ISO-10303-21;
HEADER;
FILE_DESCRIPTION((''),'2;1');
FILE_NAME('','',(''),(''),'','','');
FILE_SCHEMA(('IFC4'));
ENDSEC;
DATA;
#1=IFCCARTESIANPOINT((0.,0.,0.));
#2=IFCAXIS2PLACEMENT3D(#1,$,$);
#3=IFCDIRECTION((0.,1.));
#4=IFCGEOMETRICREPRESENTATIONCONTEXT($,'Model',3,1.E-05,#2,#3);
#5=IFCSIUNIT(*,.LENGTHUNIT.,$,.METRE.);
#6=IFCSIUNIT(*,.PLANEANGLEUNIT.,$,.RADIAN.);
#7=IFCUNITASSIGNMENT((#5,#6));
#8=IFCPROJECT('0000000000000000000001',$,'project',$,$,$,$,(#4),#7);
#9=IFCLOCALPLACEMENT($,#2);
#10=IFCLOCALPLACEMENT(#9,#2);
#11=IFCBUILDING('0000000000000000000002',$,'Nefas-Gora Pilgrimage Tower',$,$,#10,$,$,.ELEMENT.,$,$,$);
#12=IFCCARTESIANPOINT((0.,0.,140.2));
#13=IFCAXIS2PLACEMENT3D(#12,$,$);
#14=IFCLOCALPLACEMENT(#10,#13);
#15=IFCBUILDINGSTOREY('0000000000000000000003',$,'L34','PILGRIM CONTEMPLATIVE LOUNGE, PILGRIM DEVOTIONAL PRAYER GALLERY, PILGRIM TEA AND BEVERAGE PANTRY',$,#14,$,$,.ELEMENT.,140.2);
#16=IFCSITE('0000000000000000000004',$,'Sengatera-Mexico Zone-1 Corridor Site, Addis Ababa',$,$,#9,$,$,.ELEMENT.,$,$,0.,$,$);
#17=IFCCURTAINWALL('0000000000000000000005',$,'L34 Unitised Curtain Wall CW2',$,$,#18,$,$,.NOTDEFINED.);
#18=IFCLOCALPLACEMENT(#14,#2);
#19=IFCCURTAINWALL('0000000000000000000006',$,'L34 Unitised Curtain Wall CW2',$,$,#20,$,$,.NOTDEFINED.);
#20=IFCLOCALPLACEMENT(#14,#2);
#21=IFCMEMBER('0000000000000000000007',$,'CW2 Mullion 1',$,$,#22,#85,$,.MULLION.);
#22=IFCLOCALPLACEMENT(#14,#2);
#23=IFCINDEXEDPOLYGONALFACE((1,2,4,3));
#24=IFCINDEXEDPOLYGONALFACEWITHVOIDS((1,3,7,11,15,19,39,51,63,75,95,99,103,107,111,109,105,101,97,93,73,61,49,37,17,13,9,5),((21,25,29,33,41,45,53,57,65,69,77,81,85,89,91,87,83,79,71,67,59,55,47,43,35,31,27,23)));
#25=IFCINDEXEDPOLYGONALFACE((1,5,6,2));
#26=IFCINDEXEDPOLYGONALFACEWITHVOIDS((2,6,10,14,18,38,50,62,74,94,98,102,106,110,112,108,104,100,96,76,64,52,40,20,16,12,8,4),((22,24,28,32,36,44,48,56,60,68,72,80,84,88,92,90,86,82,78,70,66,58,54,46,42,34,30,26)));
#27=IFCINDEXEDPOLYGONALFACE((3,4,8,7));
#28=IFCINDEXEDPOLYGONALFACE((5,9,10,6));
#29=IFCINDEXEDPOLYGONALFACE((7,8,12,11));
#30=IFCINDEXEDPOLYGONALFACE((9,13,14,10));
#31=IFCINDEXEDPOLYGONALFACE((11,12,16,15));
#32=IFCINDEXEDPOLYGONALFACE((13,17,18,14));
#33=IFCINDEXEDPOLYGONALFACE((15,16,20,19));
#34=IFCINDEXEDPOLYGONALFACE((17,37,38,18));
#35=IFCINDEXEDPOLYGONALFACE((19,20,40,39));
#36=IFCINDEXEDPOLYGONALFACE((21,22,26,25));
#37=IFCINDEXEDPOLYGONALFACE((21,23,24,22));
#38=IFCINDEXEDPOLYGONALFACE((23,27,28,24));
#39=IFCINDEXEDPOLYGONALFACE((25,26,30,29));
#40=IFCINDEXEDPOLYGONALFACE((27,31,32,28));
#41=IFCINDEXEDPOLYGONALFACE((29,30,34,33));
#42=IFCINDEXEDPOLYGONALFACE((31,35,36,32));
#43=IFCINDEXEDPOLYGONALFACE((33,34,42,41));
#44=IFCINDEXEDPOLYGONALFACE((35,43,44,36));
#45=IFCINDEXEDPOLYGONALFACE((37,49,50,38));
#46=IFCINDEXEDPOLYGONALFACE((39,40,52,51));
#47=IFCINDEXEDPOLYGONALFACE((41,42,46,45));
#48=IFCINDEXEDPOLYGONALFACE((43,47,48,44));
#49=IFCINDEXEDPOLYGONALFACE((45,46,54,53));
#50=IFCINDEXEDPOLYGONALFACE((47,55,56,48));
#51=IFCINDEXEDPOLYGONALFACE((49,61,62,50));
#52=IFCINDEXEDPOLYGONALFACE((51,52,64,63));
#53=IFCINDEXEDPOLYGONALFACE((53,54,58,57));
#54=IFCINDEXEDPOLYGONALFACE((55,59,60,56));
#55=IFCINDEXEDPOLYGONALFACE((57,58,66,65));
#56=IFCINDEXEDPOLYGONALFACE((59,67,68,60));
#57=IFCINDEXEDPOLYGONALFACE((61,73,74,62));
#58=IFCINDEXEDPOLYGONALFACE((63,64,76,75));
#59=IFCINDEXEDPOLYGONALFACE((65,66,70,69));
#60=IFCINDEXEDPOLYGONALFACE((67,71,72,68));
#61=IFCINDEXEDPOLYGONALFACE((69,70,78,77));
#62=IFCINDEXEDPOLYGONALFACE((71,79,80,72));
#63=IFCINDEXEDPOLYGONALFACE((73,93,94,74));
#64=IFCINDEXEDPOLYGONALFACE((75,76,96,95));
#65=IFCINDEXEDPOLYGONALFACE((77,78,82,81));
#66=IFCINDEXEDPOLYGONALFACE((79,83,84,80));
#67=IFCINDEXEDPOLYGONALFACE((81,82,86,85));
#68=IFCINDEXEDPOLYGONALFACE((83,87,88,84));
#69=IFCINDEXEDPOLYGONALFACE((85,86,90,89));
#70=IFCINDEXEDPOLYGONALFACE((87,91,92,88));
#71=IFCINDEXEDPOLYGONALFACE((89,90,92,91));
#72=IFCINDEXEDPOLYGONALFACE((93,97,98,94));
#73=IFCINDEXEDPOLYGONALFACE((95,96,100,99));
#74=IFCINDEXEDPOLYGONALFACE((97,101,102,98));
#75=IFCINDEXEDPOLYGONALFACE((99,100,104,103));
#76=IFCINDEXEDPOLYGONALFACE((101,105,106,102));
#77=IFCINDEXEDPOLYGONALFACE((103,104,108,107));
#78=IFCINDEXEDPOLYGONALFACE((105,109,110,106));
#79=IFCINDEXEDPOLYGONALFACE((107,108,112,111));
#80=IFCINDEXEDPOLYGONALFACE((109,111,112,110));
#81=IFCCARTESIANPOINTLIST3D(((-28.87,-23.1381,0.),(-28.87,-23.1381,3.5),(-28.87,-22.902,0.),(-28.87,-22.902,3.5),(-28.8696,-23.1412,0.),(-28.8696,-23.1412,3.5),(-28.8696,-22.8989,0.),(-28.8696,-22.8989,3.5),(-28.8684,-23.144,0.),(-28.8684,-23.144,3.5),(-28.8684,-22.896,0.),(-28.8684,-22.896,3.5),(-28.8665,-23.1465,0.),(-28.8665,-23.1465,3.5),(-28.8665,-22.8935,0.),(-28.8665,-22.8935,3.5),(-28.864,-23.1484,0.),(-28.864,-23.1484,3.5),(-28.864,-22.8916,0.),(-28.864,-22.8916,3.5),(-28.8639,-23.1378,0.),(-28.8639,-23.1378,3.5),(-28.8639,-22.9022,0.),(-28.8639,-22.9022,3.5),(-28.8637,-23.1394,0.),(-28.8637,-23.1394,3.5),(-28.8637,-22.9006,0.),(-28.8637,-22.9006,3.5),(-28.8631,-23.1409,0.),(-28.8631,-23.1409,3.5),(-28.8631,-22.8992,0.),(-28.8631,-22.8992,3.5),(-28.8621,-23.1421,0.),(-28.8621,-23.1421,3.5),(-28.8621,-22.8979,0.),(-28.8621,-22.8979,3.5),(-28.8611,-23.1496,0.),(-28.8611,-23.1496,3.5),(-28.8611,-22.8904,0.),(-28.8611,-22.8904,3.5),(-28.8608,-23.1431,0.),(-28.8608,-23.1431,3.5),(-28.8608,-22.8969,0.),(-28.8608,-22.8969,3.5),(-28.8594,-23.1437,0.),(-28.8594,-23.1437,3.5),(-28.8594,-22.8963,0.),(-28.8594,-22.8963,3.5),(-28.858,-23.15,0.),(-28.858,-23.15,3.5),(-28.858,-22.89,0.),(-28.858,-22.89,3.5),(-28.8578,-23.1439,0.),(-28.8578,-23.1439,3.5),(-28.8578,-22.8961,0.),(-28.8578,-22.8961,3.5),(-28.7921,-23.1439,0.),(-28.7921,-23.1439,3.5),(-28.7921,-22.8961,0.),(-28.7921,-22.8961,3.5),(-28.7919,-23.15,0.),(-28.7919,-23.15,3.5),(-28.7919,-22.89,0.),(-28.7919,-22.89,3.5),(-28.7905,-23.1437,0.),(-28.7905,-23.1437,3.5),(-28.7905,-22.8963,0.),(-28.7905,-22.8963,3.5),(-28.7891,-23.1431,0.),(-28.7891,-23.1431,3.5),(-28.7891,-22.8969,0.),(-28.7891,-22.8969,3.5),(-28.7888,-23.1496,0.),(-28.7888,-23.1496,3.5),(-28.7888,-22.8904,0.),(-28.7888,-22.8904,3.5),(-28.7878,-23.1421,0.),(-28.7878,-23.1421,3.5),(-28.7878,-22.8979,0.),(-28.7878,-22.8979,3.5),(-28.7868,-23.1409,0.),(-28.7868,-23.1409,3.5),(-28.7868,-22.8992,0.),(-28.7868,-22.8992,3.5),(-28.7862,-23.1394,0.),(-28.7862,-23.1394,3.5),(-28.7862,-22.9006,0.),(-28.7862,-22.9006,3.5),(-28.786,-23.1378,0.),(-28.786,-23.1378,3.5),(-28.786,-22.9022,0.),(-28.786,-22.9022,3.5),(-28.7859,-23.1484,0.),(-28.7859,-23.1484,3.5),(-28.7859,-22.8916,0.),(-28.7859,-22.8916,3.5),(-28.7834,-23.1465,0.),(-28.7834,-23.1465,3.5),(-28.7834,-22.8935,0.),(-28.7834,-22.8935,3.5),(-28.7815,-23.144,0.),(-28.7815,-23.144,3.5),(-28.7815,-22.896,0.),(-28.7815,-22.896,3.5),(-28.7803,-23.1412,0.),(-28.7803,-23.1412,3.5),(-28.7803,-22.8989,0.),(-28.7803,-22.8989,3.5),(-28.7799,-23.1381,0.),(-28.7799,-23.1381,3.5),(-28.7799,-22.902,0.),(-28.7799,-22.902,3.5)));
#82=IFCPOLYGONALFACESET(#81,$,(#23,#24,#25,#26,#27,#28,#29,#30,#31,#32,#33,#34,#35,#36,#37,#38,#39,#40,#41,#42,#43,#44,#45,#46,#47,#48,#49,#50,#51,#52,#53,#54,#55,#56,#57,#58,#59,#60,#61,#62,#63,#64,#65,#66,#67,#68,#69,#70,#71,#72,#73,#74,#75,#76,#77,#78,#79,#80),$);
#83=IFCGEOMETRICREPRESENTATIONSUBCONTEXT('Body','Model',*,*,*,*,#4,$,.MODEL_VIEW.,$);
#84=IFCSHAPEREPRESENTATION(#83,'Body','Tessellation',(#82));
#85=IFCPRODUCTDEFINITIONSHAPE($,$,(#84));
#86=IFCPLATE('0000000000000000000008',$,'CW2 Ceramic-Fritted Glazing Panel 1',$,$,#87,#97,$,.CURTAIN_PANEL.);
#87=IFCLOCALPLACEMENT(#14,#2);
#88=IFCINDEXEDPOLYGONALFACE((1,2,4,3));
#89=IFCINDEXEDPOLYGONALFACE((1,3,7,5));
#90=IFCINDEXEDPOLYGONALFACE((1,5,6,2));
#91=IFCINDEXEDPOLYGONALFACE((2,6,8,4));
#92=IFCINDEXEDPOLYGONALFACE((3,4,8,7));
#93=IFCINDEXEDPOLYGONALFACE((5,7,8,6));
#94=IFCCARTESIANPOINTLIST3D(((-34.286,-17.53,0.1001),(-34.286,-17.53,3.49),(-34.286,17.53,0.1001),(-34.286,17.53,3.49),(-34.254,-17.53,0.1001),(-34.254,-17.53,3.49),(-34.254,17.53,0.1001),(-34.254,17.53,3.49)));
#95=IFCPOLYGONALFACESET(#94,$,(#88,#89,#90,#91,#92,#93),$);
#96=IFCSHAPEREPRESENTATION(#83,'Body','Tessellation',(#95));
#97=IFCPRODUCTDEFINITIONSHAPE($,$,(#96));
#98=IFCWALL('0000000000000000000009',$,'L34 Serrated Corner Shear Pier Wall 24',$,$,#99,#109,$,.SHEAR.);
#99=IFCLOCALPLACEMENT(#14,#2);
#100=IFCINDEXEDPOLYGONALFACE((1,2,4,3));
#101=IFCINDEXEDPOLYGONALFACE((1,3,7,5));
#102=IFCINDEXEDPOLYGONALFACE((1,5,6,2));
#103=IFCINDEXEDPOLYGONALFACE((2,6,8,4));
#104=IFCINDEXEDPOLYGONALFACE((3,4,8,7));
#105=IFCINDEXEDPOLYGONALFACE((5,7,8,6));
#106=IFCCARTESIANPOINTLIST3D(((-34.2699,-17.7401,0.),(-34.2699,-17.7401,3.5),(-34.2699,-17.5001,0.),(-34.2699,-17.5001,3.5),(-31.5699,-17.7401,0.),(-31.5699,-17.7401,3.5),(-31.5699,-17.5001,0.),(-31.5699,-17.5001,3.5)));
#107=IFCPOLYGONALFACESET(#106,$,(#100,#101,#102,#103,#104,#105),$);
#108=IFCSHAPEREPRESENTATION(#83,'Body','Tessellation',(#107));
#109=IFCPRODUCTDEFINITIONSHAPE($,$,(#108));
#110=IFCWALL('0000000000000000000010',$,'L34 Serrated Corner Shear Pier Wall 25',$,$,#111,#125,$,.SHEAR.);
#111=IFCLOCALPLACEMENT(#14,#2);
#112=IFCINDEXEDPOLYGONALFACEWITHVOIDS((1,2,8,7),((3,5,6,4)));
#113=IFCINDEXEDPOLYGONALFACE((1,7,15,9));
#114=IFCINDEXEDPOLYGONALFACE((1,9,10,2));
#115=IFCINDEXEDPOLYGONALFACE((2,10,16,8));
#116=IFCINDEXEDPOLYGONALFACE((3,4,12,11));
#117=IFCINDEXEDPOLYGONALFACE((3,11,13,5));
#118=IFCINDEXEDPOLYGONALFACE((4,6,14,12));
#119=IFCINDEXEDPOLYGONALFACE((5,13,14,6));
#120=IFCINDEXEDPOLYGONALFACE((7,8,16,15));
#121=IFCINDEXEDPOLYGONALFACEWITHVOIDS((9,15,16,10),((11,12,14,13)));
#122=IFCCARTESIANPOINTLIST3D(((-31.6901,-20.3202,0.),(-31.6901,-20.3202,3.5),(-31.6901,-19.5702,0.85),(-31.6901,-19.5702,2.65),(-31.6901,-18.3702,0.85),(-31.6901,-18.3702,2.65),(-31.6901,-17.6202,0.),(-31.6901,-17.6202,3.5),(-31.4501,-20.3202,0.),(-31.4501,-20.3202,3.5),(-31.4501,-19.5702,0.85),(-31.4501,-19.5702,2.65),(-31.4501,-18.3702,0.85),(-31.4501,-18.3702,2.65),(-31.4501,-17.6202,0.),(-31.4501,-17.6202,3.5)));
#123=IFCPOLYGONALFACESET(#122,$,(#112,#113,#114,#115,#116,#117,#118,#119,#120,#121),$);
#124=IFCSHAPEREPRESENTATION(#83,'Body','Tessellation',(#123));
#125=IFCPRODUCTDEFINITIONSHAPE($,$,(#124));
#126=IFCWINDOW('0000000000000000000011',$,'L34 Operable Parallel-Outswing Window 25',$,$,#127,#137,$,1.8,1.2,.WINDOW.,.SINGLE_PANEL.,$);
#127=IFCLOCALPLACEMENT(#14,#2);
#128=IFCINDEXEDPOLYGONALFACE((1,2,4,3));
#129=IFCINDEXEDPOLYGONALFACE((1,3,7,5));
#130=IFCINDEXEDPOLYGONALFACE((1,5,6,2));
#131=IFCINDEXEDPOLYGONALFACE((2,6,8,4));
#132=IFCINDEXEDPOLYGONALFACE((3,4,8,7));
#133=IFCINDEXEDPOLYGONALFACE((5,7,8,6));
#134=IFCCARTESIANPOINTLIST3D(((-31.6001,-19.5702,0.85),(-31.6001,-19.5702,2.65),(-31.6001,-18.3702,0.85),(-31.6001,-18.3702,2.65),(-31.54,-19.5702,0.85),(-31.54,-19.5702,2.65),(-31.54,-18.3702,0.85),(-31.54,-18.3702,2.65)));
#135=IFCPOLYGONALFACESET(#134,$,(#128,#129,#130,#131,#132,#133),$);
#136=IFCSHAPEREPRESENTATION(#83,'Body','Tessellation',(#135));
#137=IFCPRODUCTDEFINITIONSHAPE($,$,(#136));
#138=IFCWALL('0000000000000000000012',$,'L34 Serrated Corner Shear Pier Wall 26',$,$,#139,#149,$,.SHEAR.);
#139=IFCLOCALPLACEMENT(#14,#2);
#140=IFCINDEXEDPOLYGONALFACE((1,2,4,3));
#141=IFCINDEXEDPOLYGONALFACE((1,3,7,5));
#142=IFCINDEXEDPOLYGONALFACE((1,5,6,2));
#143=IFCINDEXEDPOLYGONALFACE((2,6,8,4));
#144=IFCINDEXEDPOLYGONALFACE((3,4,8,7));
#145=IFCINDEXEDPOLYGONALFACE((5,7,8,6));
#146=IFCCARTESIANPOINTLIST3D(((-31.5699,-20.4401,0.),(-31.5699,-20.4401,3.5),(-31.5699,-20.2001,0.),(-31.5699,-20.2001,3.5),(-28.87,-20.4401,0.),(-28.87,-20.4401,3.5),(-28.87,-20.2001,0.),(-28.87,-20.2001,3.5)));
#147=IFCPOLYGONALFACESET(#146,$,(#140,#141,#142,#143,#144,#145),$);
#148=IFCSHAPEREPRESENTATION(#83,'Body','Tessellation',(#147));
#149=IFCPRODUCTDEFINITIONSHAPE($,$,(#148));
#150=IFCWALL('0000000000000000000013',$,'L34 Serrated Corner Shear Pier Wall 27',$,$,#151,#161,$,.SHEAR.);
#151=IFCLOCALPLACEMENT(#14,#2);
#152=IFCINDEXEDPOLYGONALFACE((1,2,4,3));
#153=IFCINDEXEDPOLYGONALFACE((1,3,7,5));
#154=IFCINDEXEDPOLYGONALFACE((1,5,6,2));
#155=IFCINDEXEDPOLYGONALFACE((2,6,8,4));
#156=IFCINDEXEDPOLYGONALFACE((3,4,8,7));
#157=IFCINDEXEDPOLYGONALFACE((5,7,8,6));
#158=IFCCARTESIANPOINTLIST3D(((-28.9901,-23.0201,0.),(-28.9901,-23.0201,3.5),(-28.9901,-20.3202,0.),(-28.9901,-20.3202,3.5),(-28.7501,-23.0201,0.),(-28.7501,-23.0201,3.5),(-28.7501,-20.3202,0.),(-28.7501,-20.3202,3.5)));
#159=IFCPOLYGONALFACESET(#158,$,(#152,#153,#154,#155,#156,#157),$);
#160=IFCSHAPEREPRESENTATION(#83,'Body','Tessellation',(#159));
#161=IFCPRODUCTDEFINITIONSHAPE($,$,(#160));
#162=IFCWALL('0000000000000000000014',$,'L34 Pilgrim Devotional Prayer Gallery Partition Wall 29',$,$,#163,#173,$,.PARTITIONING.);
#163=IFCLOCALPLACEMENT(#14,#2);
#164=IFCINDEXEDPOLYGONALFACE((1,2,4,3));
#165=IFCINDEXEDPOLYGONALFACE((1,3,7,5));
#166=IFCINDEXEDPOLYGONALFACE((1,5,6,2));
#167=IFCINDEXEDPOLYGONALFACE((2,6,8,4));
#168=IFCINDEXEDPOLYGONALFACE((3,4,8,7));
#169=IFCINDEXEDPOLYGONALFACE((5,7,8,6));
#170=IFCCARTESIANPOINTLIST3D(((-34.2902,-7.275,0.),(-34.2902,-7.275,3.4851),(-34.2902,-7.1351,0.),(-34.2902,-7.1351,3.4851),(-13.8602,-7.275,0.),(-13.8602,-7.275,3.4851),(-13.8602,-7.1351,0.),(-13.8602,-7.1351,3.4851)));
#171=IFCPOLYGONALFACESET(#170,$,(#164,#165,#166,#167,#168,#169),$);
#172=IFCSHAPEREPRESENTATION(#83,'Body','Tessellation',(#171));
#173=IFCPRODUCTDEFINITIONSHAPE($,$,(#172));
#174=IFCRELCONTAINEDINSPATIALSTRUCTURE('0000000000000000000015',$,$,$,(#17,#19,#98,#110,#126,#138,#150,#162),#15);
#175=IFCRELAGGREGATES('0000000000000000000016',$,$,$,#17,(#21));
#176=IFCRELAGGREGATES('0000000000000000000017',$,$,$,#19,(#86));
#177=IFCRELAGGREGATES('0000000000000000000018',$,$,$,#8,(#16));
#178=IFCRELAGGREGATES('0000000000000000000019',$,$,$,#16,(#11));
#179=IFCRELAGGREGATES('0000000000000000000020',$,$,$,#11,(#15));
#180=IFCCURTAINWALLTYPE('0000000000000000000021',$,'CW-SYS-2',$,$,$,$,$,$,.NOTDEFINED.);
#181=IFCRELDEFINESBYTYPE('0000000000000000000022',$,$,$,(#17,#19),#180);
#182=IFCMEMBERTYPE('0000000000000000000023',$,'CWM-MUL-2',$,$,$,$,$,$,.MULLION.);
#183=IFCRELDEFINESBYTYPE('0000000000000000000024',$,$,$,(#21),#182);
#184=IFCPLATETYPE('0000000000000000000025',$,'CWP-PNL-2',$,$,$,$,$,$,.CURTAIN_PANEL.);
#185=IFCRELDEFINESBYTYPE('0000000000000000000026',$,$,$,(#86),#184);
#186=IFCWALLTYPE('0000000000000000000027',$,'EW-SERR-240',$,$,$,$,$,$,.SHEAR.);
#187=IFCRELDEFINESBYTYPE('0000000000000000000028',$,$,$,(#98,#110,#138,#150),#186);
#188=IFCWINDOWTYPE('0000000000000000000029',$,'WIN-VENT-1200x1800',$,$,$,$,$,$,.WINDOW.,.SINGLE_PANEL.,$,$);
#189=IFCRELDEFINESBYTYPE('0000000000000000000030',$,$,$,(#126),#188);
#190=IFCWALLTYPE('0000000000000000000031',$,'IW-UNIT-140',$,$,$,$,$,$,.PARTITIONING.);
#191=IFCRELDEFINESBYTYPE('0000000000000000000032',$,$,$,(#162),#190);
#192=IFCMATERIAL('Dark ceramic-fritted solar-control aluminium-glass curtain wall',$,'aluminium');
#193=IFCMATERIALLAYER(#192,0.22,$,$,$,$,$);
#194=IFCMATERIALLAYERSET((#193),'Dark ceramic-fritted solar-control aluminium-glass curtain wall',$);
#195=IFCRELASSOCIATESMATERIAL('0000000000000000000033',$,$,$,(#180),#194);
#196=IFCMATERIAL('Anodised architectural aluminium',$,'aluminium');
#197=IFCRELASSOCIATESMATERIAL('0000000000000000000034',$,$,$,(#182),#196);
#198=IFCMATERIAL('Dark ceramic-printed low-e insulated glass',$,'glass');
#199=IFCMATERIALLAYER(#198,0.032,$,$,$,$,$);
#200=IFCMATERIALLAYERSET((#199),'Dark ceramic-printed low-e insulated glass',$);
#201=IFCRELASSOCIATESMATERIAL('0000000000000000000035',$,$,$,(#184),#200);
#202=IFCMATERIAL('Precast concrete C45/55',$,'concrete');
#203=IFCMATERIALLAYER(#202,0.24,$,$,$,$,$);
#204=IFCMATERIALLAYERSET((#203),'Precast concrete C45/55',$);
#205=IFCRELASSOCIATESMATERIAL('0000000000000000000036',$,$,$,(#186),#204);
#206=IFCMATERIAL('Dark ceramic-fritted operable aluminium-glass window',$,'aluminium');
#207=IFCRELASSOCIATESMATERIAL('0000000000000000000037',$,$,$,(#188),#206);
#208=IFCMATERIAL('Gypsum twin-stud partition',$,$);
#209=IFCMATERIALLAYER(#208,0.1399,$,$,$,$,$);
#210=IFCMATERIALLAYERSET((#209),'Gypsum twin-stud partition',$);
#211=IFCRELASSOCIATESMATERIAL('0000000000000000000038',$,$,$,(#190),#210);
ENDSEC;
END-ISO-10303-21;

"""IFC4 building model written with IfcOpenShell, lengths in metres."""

from ifc_helpers import new_model, si_unit, direction, frame, frame_2d, origin, origin_2d, place, context, subcontext, project, spatial, rectangle, hollow_rectangle, extrude, source, transform, mapped, material, layer, layer_set, material_profile, profile_set, type_object, element, fill, aggregate, save


model = new_model("IFC4")

# Units and contexts
model_context = context("Model", 3, precision=1e-05, world=origin(), true_north=direction((0.0, 1.0)))
body_context = subcontext(model_context, "Body", "Model", "MODEL_VIEW")
ifc_project = project(units=[si_unit("LENGTHUNIT", "METRE"), si_unit("PLANEANGLEUNIT", "RADIAN")], contexts=[model_context])

# Site, building, storey
site_placement = place(None, origin())
site = spatial("IfcSite", under=ifc_project, at=site_placement, Name="Sengatera-Mexico Zone-1 Corridor Site, Addis Ababa", CompositionType="ELEMENT", RefElevation=0.0)
building_placement = place(site_placement, origin())
building = spatial("IfcBuilding", under=site, at=building_placement, Name="Nefas-Gora Pilgrimage Tower", CompositionType="ELEMENT")
storey_placement = place(building_placement, frame((0.0, 0.0, 140.2)))
storey = spatial("IfcBuildingStorey", under=building, at=storey_placement, Name="L34", Description="PILGRIM CONTEMPLATIVE LOUNGE, PILGRIM DEVOTIONAL PRAYER GALLERY, PILGRIM TEA AND BEVERAGE PANTRY", CompositionType="ELEMENT", Elevation=140.2)

# Curtain walls
ifc_material_1 = material(Name="Dark ceramic-fritted solar-control aluminium-glass curtain wall", Category="aluminium")
ifc_layer_1 = layer(ifc_material_1, 0.22)
ifc_layer_set_1 = layer_set([ifc_layer_1], Name="Dark ceramic-fritted solar-control aluminium-glass curtain wall")
curtain_wall_type = type_object("IfcCurtainWallType", Name="CW-SYS-2", PredefinedType="NOTDEFINED", material=ifc_layer_set_1)
curtain_wall_1_placement = place(storey_placement, origin())
curtain_wall_1 = element("IfcCurtainWall", 1, at=curtain_wall_1_placement, inside=storey, type_object=curtain_wall_type, Name="L34 Unitised Curtain Wall CW2", PredefinedType="NOTDEFINED")
ifc_material_2 = material(Name="Anodised architectural aluminium", Category="aluminium")
curtain_wall_2_placement = place(storey_placement, origin())
curtain_wall_2 = element("IfcCurtainWall", 2, at=curtain_wall_2_placement, inside=storey, type_object=curtain_wall_type, Name="L34 Unitised Curtain Wall CW2", PredefinedType="NOTDEFINED")
ifc_material_profile_1 = material_profile(ifc_material_2, hollow_rectangle(XDim=0.0901, YDim=0.26, WallThickness=0.0061, InnerFilletRadius=0.0061, OuterFilletRadius=0.012, at=origin_2d()), Name="ALU MULLION 90x260")
ifc_profile_set_1 = profile_set([ifc_material_profile_1], Name="Anodised architectural aluminium")
member_type_1 = type_object("IfcMemberType", Name="CWM-MUL-2", PredefinedType="MULLION", material=ifc_profile_set_1)
shared_shape_1 = source(origin(), body_context, "Body", "SweptSolid", [
    extrude(hollow_rectangle(XDim=0.0901, YDim=0.26, WallThickness=0.0061, InnerFilletRadius=0.0061, OuterFilletRadius=0.012, at=origin_2d()), origin(), (0.0, 0.0, 1.0), 3.5),
])

# Member
member_1_placement = place(storey_placement, frame((-28.825, -23.02, 0.0), z_axis=(0.0, 0.0, 1.0), x_axis=(1.0, 0.0, 0.0)))
member_1 = element("IfcMember", 3, at=member_1_placement, type_object=member_type_1, Name="CW2 Mullion 1", PredefinedType="MULLION", context=body_context, shape_type="MappedRepresentation", body=[
    mapped(shared_shape_1, transform((0.0, 0.0, 0.0), x_axis=(1.0, 0.0, 0.0), y_axis=(0.0, 1.0, 0.0), z_axis=(0.0, 0.0, 1.0), scale=1.0)),
])
aggregate(curtain_wall_1, [member_1])

# Plate
ifc_material_3 = material(Name="Dark ceramic-printed low-e insulated glass", Category="glass")
ifc_layer_2 = layer(ifc_material_3, 0.032)
ifc_layer_set_2 = layer_set([ifc_layer_2], Name="Dark ceramic-printed low-e insulated glass")
plate_type = type_object("IfcPlateType", Name="CWP-PNL-2", PredefinedType="CURTAIN_PANEL", material=ifc_layer_set_2)
shared_shape_2 = source(origin(), body_context, "Body", "SweptSolid", [
    extrude(rectangle(XDim=35.0601, YDim=0.032, at=origin_2d()), origin(), (0.0, 0.0, 1.0), 3.3899),
])
plate_placement = place(storey_placement, frame((-34.27, 0.0, 0.1001), z_axis=(0.0, 0.0, 1.0), x_axis=(0.0, -1.0, 0.0)))
plate = element("IfcPlate", 4, at=plate_placement, type_object=plate_type, Name="CW2 Ceramic-Fritted Glazing Panel 1", PredefinedType="CURTAIN_PANEL", context=body_context, shape_type="MappedRepresentation", body=[
    mapped(shared_shape_2, transform((0.0, 0.0, 0.0), x_axis=(1.0, 0.0, 0.0), y_axis=(0.0, 1.0, 0.0), z_axis=(0.0, 0.0, 1.0), scale=1.0)),
])
aggregate(curtain_wall_2, [plate])

# Wall
ifc_material_4 = material(Name="Precast concrete C45/55", Category="concrete")
ifc_layer_3 = layer(ifc_material_4, 0.24)
ifc_layer_set_3 = layer_set([ifc_layer_3], Name="Precast concrete C45/55")
wall_type_1 = type_object("IfcWallType", Name="EW-SERR-240", PredefinedType="SHEAR", material=ifc_layer_set_3)
shared_shape_3 = source(origin(), body_context, "Body", "SweptSolid", [
    extrude(rectangle(XDim=2.7, YDim=0.24, at=frame_2d((1.3501, 0.0))), origin(), (0.0, 0.0, 1.0), 3.5),
])
wall_1_placement = place(storey_placement, frame((-34.27, -17.6201, 0.0), z_axis=(0.0, 0.0, 1.0), x_axis=(1.0, 0.0, 0.0)))
element("IfcWall", 5, at=wall_1_placement, inside=storey, type_object=wall_type_1, Name="L34 Serrated Corner Shear Pier Wall 24", PredefinedType="SHEAR", context=body_context, shape_type="MappedRepresentation", body=[
    mapped(shared_shape_3, transform((0.0, 0.0, 0.0), x_axis=(1.0, 0.0, 0.0), y_axis=(0.0, 1.0, 0.0), z_axis=(0.0, 0.0, 1.0), scale=1.0)),
])

# Wall, opening, window
wall_2_placement = place(storey_placement, frame((-31.5701, -17.6201, 0.0), z_axis=(0.0, 0.0, 1.0), x_axis=(0.0, -1.0, 0.0)))
wall_2 = element("IfcWall", 6, at=wall_2_placement, inside=storey, type_object=wall_type_1, Name="L34 Serrated Corner Shear Pier Wall 25", PredefinedType="SHEAR", context=body_context, shape_type="MappedRepresentation", body=[
    mapped(shared_shape_3, transform((0.0, 0.0, 0.0), x_axis=(1.0, 0.0, 0.0), y_axis=(0.0, 1.0, 0.0), z_axis=(0.0, 0.0, 1.0), scale=1.0)),
])
opening_placement = place(wall_2_placement, frame((0.75, 0.0, 0.8501)))
opening = element("IfcOpeningElement", 7, at=opening_placement, cuts=wall_2, PredefinedType="OPENING", context=body_context, shape_type="SweptSolid", body=[
    extrude(rectangle(XDim=1.2, YDim=1.8, at=frame_2d((0.6001, 0.8999))), frame((0.0, 0.1299, 0.0), z_axis=(0.0, -1.0, 0.0), x_axis=(1.0, 0.0, 0.0)), (0.0, 0.0, 1.0), 0.26),
])
ifc_material_5 = material(Name="Dark ceramic-fritted operable aluminium-glass window", Category="aluminium")
window_type = type_object("IfcWindowType", Name="WIN-VENT-1200x1800", PartitioningType="SINGLE_PANEL", PredefinedType="WINDOW", material=ifc_material_5)
shared_shape_4 = source(origin(), body_context, "Body", "SweptSolid", [
    extrude(rectangle(XDim=1.2, YDim=1.8, at=frame_2d((0.6001, 0.8999))), frame((0.0, 0.03, 0.0), z_axis=(0.0, -1.0, 0.0), x_axis=(1.0, 0.0, 0.0)), (0.0, 0.0, 1.0), 0.0601),
])
window_placement = place(opening_placement, origin())
window = element("IfcWindow", 8, at=window_placement, inside=storey, type_object=window_type, Name="L34 Operable Parallel-Outswing Window 25", OverallHeight=1.8, OverallWidth=1.2, PartitioningType="SINGLE_PANEL", PredefinedType="WINDOW", context=body_context, shape_type="MappedRepresentation", body=[
    mapped(shared_shape_4, transform((0.0, 0.0, 0.0), x_axis=(1.0, 0.0, 0.0), y_axis=(0.0, 1.0, 0.0), z_axis=(0.0, 0.0, 1.0), scale=1.0)),
])
fill(opening, window)

# Walls
for number, where, z_axis, x_axis, name in (
    (9, (-31.5701, -20.3201, 0.0), (0.0, 0.0, 1.0), (1.0, 0.0, 0.0), "L34 Serrated Corner Shear Pier Wall 26"),
    (10, (-28.8701, -20.3201, 0.0), (0.0, 0.0, 1.0), (0.0, -1.0, 0.0), "L34 Serrated Corner Shear Pier Wall 27"),
):
    element("IfcWall", number, at=place(storey_placement, frame(where, z_axis=z_axis, x_axis=x_axis)), inside=storey, type_object=wall_type_1, Name=name, PredefinedType="SHEAR", context=body_context, shape_type="MappedRepresentation", body=[
        mapped(shared_shape_3, transform((0.0, 0.0, 0.0), x_axis=(1.0, 0.0, 0.0), y_axis=(0.0, 1.0, 0.0), z_axis=(0.0, 0.0, 1.0), scale=1.0)),
    ])
ifc_material_6 = material(Name="Gypsum twin-stud partition")
ifc_layer_4 = layer(ifc_material_6, 0.1399)
ifc_layer_set_4 = layer_set([ifc_layer_4], Name="Gypsum twin-stud partition")
wall_type_2 = type_object("IfcWallType", Name="IW-UNIT-140", PredefinedType="PARTITIONING", material=ifc_layer_set_4)
shared_shape_5 = source(origin(), body_context, "Body", "SweptSolid", [
    extrude(rectangle(XDim=20.4299, YDim=0.1399, at=frame_2d((10.2148, 0.0))), origin(), (0.0, 0.0, 1.0), 3.4851),
])
wall_3_placement = place(storey_placement, frame((-34.29, -7.2051, 0.0), z_axis=(0.0, 0.0, 1.0), x_axis=(1.0, 0.0, 0.0)))
element("IfcWall", 11, at=wall_3_placement, inside=storey, type_object=wall_type_2, Name="L34 Pilgrim Devotional Prayer Gallery Partition Wall 29", PredefinedType="PARTITIONING", context=body_context, shape_type="MappedRepresentation", body=[
    mapped(shared_shape_5, transform((0.0, 0.0, 0.0), x_axis=(1.0, 0.0, 0.0), y_axis=(0.0, 1.0, 0.0), z_axis=(0.0, 0.0, 1.0), scale=1.0)),
])

save(model, "model.ifc")
